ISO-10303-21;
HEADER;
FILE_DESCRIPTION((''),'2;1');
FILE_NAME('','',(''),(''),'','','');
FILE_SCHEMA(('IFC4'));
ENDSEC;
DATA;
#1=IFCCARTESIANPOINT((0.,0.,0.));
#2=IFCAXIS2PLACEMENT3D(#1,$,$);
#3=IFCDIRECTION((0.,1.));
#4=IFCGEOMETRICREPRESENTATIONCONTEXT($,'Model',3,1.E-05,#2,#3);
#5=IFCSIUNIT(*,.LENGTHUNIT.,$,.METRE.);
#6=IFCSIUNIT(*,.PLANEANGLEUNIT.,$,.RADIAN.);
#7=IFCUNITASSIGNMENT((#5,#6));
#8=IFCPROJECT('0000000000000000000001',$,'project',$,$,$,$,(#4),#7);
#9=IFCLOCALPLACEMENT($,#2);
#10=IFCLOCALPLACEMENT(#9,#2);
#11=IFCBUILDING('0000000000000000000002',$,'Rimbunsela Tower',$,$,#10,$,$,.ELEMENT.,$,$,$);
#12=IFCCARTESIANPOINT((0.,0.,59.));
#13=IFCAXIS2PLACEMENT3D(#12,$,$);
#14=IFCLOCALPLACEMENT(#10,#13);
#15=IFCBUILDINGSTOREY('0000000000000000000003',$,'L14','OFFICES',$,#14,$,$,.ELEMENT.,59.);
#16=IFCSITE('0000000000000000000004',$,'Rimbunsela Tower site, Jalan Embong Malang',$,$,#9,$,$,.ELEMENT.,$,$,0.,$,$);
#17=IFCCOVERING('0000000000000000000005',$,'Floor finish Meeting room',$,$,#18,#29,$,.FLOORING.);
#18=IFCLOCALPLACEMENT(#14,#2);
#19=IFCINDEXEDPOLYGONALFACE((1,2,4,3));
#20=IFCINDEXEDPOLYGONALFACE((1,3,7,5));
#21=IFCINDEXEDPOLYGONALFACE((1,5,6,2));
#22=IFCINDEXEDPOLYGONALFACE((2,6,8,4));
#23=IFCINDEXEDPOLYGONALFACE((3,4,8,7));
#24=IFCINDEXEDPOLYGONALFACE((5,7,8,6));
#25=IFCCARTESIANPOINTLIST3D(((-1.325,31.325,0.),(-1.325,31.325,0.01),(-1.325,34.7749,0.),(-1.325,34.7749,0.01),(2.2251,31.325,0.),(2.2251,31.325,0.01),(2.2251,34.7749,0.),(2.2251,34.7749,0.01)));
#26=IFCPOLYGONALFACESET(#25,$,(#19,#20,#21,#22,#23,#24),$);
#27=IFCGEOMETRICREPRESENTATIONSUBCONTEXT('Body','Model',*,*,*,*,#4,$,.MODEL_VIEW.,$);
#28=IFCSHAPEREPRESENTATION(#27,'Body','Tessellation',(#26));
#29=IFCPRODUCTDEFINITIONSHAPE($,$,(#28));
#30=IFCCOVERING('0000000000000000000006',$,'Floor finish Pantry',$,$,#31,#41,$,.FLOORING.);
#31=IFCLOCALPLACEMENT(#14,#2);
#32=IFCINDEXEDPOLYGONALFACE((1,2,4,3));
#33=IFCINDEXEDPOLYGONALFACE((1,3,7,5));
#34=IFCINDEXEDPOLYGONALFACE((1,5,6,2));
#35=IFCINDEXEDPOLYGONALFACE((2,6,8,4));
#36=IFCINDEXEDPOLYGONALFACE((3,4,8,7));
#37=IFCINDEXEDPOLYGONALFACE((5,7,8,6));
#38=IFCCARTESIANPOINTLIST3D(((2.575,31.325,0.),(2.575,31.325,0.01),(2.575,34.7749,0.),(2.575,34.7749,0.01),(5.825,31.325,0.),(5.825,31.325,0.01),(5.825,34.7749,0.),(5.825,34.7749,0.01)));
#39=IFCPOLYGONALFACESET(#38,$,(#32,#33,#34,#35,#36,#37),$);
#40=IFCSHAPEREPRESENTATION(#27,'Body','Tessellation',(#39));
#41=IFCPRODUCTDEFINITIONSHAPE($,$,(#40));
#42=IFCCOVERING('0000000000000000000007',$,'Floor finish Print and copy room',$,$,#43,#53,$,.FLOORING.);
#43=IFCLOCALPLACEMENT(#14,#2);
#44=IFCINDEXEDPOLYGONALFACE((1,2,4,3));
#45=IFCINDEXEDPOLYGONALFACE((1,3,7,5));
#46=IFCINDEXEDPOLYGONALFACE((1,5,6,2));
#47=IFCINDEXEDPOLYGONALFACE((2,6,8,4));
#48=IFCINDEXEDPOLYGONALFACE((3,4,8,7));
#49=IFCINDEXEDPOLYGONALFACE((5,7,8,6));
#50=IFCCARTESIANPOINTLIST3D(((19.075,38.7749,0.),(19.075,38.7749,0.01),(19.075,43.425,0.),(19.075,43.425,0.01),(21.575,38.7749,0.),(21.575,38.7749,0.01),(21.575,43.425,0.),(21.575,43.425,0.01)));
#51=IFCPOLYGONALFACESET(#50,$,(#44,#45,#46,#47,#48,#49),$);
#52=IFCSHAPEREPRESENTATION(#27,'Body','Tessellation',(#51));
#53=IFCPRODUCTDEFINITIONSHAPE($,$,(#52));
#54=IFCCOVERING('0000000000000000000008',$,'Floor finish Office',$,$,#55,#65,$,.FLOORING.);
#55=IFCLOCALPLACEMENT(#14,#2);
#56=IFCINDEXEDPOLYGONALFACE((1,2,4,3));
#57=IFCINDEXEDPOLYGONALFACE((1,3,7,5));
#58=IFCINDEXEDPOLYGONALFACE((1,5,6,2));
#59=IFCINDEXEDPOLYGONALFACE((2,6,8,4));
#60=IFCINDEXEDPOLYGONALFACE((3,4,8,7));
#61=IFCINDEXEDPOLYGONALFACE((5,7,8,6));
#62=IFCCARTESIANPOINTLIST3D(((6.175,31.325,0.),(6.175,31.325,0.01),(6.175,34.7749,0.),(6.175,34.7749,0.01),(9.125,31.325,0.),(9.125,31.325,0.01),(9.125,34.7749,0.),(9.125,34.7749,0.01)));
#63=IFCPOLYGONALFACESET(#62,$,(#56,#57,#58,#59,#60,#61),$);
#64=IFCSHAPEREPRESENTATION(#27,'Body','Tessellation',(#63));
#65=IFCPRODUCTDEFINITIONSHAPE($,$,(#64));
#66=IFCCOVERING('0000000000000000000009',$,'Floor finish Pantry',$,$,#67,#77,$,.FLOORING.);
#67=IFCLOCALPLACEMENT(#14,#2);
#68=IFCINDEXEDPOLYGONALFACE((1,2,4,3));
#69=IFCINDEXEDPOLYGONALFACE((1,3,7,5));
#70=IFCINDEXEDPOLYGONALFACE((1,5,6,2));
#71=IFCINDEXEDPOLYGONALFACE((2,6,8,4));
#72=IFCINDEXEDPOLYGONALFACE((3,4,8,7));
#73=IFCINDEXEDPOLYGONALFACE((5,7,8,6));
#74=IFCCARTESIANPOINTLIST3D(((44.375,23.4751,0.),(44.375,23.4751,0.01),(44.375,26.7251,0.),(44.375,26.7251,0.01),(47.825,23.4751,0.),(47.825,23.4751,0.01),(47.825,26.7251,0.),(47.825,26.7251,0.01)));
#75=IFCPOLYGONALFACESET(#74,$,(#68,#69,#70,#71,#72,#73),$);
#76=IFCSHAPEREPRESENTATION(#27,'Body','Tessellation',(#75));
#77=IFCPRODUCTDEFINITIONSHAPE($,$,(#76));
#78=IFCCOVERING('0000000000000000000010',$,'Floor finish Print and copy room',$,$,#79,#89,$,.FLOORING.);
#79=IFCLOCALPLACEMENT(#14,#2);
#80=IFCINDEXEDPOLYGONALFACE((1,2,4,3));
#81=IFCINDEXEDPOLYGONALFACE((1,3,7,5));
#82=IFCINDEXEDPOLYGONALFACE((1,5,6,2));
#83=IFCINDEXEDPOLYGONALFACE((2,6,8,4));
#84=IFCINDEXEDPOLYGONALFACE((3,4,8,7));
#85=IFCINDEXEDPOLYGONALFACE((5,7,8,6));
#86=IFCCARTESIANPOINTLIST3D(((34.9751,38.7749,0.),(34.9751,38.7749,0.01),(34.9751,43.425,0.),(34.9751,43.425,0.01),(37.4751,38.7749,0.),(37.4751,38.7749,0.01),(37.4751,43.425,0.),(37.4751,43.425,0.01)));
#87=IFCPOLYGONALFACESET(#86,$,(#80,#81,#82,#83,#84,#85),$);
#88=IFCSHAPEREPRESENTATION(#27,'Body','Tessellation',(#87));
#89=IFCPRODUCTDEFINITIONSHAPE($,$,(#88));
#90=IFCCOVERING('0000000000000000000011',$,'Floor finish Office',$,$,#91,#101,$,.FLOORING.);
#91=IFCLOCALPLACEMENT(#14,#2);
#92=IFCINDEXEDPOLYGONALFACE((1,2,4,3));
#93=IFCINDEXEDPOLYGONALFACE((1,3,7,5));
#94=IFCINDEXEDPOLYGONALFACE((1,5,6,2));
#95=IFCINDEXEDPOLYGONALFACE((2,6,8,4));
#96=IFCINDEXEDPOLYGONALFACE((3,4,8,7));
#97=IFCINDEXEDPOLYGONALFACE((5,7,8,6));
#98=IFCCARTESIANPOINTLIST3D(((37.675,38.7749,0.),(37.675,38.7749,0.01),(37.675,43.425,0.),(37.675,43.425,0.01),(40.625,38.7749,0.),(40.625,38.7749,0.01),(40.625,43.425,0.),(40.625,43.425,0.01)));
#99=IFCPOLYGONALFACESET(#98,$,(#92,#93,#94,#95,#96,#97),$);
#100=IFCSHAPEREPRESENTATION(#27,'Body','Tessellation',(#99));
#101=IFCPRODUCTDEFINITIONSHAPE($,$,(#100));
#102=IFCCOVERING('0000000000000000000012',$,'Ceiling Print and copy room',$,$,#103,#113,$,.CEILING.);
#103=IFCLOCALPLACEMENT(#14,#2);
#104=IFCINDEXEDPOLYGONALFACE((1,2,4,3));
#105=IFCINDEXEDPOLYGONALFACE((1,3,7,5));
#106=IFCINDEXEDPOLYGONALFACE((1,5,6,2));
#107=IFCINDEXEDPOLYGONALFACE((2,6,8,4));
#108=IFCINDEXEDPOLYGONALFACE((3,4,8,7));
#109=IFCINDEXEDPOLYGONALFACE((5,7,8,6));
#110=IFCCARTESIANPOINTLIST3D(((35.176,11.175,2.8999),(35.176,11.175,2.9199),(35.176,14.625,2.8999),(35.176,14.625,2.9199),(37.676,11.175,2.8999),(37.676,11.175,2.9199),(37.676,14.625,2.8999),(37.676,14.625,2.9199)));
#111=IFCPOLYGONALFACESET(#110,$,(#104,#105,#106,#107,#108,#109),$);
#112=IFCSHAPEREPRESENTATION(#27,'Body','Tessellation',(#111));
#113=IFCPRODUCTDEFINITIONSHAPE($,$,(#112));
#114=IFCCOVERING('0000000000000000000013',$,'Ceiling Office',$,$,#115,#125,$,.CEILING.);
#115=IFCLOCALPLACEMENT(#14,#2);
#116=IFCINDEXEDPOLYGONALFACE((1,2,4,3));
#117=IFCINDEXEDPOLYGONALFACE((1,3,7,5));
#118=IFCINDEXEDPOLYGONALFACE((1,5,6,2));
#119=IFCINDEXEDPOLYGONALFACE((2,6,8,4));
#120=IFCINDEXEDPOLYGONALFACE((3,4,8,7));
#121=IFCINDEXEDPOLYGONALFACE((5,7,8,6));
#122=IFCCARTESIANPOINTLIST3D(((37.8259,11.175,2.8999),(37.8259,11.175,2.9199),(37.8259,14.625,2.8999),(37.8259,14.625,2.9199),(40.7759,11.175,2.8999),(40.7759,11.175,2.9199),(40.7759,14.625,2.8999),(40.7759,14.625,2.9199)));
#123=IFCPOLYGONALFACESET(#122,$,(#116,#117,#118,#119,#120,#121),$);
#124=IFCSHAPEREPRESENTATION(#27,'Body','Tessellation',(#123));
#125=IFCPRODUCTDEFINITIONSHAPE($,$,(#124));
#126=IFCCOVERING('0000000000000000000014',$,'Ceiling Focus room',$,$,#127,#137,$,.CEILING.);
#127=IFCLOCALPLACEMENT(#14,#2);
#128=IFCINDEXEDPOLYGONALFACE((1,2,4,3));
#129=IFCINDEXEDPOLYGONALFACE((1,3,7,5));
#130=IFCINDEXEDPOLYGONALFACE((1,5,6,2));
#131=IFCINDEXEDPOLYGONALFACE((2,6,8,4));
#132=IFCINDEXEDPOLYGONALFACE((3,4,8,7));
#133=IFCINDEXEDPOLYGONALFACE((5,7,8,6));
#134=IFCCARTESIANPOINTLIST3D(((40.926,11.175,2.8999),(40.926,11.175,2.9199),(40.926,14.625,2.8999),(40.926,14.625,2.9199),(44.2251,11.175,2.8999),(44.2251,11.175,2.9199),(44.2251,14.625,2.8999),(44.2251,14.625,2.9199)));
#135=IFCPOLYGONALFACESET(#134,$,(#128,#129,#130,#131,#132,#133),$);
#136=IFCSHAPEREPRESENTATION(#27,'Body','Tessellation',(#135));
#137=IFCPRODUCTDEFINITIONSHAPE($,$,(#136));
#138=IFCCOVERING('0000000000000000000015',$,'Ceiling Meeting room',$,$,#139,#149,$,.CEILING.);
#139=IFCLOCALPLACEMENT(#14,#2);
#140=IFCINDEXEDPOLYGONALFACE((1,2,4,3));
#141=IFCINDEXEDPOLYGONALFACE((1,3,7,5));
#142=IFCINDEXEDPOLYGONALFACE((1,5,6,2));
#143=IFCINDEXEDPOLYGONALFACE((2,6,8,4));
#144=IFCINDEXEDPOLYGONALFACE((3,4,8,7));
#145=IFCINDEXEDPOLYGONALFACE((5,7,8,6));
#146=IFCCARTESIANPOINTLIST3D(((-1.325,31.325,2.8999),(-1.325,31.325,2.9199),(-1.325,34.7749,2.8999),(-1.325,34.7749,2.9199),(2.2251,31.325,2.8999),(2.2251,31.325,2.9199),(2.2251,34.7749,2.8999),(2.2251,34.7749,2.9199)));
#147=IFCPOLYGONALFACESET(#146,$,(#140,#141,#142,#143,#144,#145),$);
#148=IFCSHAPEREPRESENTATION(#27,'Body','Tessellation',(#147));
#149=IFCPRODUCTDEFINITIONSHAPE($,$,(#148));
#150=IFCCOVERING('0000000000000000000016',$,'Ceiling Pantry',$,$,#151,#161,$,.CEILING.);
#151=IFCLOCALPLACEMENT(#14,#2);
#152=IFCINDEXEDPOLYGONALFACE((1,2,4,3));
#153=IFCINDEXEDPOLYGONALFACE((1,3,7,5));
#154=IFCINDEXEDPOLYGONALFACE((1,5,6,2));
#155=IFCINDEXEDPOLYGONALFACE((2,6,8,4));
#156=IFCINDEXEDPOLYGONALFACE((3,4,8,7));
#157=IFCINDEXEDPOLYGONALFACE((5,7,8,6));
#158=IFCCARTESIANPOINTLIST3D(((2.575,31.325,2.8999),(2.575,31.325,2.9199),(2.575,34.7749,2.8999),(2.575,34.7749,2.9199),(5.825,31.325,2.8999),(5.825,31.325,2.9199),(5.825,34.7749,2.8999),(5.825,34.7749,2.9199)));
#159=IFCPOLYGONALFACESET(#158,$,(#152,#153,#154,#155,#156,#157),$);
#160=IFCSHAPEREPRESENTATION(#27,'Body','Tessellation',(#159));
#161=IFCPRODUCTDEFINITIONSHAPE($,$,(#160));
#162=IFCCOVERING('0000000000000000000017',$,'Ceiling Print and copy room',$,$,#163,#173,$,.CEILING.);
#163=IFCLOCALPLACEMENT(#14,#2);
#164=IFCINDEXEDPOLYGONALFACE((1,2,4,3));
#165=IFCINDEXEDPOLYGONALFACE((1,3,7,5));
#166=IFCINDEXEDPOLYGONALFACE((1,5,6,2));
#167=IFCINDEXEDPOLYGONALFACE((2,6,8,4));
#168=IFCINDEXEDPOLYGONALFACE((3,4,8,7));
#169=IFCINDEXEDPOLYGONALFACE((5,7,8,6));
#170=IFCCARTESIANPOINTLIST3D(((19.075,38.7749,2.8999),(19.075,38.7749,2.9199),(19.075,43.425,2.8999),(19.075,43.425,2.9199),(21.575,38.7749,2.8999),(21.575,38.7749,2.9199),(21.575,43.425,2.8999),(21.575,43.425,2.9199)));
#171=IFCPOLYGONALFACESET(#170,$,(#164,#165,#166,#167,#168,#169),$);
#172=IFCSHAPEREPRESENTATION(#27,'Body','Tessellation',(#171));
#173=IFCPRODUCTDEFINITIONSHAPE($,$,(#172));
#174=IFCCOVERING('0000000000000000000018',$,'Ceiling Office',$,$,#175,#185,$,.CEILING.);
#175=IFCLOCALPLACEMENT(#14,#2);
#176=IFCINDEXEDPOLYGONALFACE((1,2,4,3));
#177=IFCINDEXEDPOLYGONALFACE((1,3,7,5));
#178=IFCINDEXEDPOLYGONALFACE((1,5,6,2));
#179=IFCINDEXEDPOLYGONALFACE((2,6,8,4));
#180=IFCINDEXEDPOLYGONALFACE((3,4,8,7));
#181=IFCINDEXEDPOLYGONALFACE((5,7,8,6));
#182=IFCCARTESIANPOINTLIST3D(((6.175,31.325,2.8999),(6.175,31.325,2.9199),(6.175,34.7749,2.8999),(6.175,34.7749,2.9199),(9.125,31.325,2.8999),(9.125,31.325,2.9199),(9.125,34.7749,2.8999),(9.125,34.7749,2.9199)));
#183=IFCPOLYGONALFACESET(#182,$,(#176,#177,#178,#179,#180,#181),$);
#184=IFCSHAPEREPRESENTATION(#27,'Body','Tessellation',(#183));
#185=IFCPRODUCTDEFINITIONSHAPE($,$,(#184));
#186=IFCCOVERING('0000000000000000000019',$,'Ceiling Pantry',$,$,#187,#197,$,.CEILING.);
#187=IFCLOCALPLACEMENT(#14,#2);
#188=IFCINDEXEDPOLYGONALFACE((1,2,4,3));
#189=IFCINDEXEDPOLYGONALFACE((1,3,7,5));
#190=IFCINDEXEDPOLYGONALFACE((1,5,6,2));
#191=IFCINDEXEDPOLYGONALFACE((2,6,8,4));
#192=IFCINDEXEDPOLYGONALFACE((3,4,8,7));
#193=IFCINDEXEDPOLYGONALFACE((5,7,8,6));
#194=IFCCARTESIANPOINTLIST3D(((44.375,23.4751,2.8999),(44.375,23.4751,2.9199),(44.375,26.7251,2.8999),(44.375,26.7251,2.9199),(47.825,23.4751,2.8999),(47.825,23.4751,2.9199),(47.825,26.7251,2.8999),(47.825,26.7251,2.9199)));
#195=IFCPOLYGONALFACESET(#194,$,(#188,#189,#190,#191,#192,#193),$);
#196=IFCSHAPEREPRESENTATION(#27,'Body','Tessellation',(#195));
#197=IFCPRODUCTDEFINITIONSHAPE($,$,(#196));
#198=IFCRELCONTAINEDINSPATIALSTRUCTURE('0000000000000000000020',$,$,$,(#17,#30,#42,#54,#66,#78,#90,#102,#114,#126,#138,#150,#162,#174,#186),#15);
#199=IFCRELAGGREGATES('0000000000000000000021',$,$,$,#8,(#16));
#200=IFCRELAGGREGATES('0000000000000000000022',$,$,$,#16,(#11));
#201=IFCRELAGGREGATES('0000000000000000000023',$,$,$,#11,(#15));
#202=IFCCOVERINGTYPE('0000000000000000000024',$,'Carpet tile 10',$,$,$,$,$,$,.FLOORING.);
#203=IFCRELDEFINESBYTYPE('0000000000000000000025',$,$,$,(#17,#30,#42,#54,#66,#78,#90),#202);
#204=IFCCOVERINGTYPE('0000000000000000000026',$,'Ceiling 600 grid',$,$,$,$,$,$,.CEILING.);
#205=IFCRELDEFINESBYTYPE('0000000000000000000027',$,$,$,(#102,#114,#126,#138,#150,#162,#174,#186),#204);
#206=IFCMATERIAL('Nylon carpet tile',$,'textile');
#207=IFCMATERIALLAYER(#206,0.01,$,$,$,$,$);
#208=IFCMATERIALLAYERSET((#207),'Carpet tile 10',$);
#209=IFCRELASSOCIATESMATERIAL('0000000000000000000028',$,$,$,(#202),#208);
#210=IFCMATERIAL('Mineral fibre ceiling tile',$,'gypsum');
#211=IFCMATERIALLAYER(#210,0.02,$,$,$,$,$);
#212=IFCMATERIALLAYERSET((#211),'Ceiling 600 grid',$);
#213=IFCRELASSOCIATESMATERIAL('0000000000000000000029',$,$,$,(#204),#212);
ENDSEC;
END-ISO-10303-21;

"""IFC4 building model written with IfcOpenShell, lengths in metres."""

from ifc_helpers import new_model, si_unit, direction, frame, origin, place, context, subcontext, project, spatial, polyline, outline, extrude, material, layer, layer_set, type_object, element, save


model = new_model("IFC4")

# Units and contexts
model_context = context("Model", 3, precision=1e-05, world=origin(), true_north=direction((0.0, 1.0)))
body_context = subcontext(model_context, "Body", "Model", "MODEL_VIEW")
ifc_project = project(units=[si_unit("LENGTHUNIT", "METRE"), si_unit("PLANEANGLEUNIT", "RADIAN")], contexts=[model_context])

# Site, building, storey
site_placement = place(None, origin())
site = spatial("IfcSite", under=ifc_project, at=site_placement, Name="Rimbunsela Tower site, Jalan Embong Malang", CompositionType="ELEMENT", RefElevation=0.0)
building_placement = place(site_placement, origin())
building = spatial("IfcBuilding", under=site, at=building_placement, Name="Rimbunsela Tower", CompositionType="ELEMENT")
storey_placement = place(building_placement, frame((0.0, 0.0, 59.0)))
storey = spatial("IfcBuildingStorey", under=building, at=storey_placement, Name="L14", Description="OFFICES", CompositionType="ELEMENT", Elevation=59.0)

# Coverings
ifc_material_1 = material(Name="Nylon carpet tile", Category="textile")
ifc_layer_1 = layer(ifc_material_1, 0.01)
ifc_layer_set_1 = layer_set([ifc_layer_1], Name="Carpet tile 10")
covering_type_1 = type_object("IfcCoveringType", Name="Carpet tile 10", PredefinedType="FLOORING", material=ifc_layer_set_1)
covering_1_placement = place(storey_placement, origin())
element("IfcCovering", 1, at=covering_1_placement, inside=storey, type_object=covering_type_1, Name="Floor finish Meeting room", PredefinedType="FLOORING", context=body_context, shape_type="SweptSolid", body=[
    extrude(outline(polyline([(2.2251, 31.325), (2.2251, 34.7749), (-1.325, 34.7749), (-1.325, 31.325), (2.2251, 31.325)])), origin(), (0.0, 0.0, 1.0), 0.01),
])
covering_2_placement = place(storey_placement, origin())
element("IfcCovering", 2, at=covering_2_placement, inside=storey, type_object=covering_type_1, Name="Floor finish Pantry", PredefinedType="FLOORING", context=body_context, shape_type="SweptSolid", body=[
    extrude(outline(polyline([(5.825, 31.325), (5.825, 34.7749), (2.575, 34.7749), (2.575, 31.325), (5.825, 31.325)])), origin(), (0.0, 0.0, 1.0), 0.01),
])
covering_3_placement = place(storey_placement, origin())
element("IfcCovering", 3, at=covering_3_placement, inside=storey, type_object=covering_type_1, Name="Floor finish Print and copy room", PredefinedType="FLOORING", context=body_context, shape_type="SweptSolid", body=[
    extrude(outline(polyline([(21.575, 38.7749), (21.575, 43.425), (19.075, 43.425), (19.075, 38.7749), (21.575, 38.7749)])), origin(), (0.0, 0.0, 1.0), 0.01),
])
covering_4_placement = place(storey_placement, origin())
element("IfcCovering", 4, at=covering_4_placement, inside=storey, type_object=covering_type_1, Name="Floor finish Office", PredefinedType="FLOORING", context=body_context, shape_type="SweptSolid", body=[
    extrude(outline(polyline([(9.125, 31.325), (9.125, 34.7749), (6.175, 34.7749), (6.175, 31.325), (9.125, 31.325)])), origin(), (0.0, 0.0, 1.0), 0.01),
])
covering_5_placement = place(storey_placement, origin())
element("IfcCovering", 5, at=covering_5_placement, inside=storey, type_object=covering_type_1, Name="Floor finish Pantry", PredefinedType="FLOORING", context=body_context, shape_type="SweptSolid", body=[
    extrude(outline(polyline([(47.825, 23.4751), (47.825, 26.7251), (44.375, 26.7251), (44.375, 23.4751), (47.825, 23.4751)])), origin(), (0.0, 0.0, 1.0), 0.01),
])
covering_6_placement = place(storey_placement, origin())
element("IfcCovering", 6, at=covering_6_placement, inside=storey, type_object=covering_type_1, Name="Floor finish Print and copy room", PredefinedType="FLOORING", context=body_context, shape_type="SweptSolid", body=[
    extrude(outline(polyline([(37.4751, 38.7749), (37.4751, 43.425), (34.9751, 43.425), (34.9751, 38.7749), (37.4751, 38.7749)])), origin(), (0.0, 0.0, 1.0), 0.01),
])
covering_7_placement = place(storey_placement, origin())
element("IfcCovering", 7, at=covering_7_placement, inside=storey, type_object=covering_type_1, Name="Floor finish Office", PredefinedType="FLOORING", context=body_context, shape_type="SweptSolid", body=[
    extrude(outline(polyline([(40.625, 38.7749), (40.625, 43.425), (37.675, 43.425), (37.675, 38.7749), (40.625, 38.7749)])), origin(), (0.0, 0.0, 1.0), 0.01),
])
ifc_material_2 = material(Name="Mineral fibre ceiling tile", Category="gypsum")
ifc_layer_2 = layer(ifc_material_2, 0.02)
ifc_layer_set_2 = layer_set([ifc_layer_2], Name="Ceiling 600 grid")
covering_type_2 = type_object("IfcCoveringType", Name="Ceiling 600 grid", PredefinedType="CEILING", material=ifc_layer_set_2)
covering_8_placement = place(storey_placement, frame((0.0, 0.0, 2.8999)))
element("IfcCovering", 8, at=covering_8_placement, inside=storey, type_object=covering_type_2, Name="Ceiling Print and copy room", PredefinedType="CEILING", context=body_context, shape_type="SweptSolid", body=[
    extrude(outline(polyline([(37.676, 11.175), (37.676, 14.625), (35.176, 14.625), (35.176, 11.175), (37.676, 11.175)])), origin(), (0.0, 0.0, 1.0), 0.02),
])
covering_9_placement = place(storey_placement, frame((0.0, 0.0, 2.8999)))
element("IfcCovering", 9, at=covering_9_placement, inside=storey, type_object=covering_type_2, Name="Ceiling Office", PredefinedType="CEILING", context=body_context, shape_type="SweptSolid", body=[
    extrude(outline(polyline([(40.7759, 11.175), (40.7759, 14.625), (37.8259, 14.625), (37.8259, 11.175), (40.7759, 11.175)])), origin(), (0.0, 0.0, 1.0), 0.02),
])
covering_10_placement = place(storey_placement, frame((0.0, 0.0, 2.8999)))
element("IfcCovering", 10, at=covering_10_placement, inside=storey, type_object=covering_type_2, Name="Ceiling Focus room", PredefinedType="CEILING", context=body_context, shape_type="SweptSolid", body=[
    extrude(outline(polyline([(44.2251, 11.175), (44.2251, 14.625), (40.926, 14.625), (40.926, 11.175), (44.2251, 11.175)])), origin(), (0.0, 0.0, 1.0), 0.02),
])
covering_11_placement = place(storey_placement, frame((0.0, 0.0, 2.8999)))
element("IfcCovering", 11, at=covering_11_placement, inside=storey, type_object=covering_type_2, Name="Ceiling Meeting room", PredefinedType="CEILING", context=body_context, shape_type="SweptSolid", body=[
    extrude(outline(polyline([(2.2251, 31.325), (2.2251, 34.7749), (-1.325, 34.7749), (-1.325, 31.325), (2.2251, 31.325)])), origin(), (0.0, 0.0, 1.0), 0.02),
])
covering_12_placement = place(storey_placement, frame((0.0, 0.0, 2.8999)))
element("IfcCovering", 12, at=covering_12_placement, inside=storey, type_object=covering_type_2, Name="Ceiling Pantry", PredefinedType="CEILING", context=body_context, shape_type="SweptSolid", body=[
    extrude(outline(polyline([(5.825, 31.325), (5.825, 34.7749), (2.575, 34.7749), (2.575, 31.325), (5.825, 31.325)])), origin(), (0.0, 0.0, 1.0), 0.02),
])
covering_13_placement = place(storey_placement, frame((0.0, 0.0, 2.8999)))
element("IfcCovering", 13, at=covering_13_placement, inside=storey, type_object=covering_type_2, Name="Ceiling Print and copy room", PredefinedType="CEILING", context=body_context, shape_type="SweptSolid", body=[
    extrude(outline(polyline([(21.575, 38.7749), (21.575, 43.425), (19.075, 43.425), (19.075, 38.7749), (21.575, 38.7749)])), origin(), (0.0, 0.0, 1.0), 0.02),
])
covering_14_placement = place(storey_placement, frame((0.0, 0.0, 2.8999)))
element("IfcCovering", 14, at=covering_14_placement, inside=storey, type_object=covering_type_2, Name="Ceiling Office", PredefinedType="CEILING", context=body_context, shape_type="SweptSolid", body=[
    extrude(outline(polyline([(9.125, 31.325), (9.125, 34.7749), (6.175, 34.7749), (6.175, 31.325), (9.125, 31.325)])), origin(), (0.0, 0.0, 1.0), 0.02),
])
covering_15_placement = place(storey_placement, frame((0.0, 0.0, 2.8999)))
element("IfcCovering", 15, at=covering_15_placement, inside=storey, type_object=covering_type_2, Name="Ceiling Pantry", PredefinedType="CEILING", context=body_context, shape_type="SweptSolid", body=[
    extrude(outline(polyline([(47.825, 23.4751), (47.825, 26.7251), (44.375, 26.7251), (44.375, 23.4751), (47.825, 23.4751)])), origin(), (0.0, 0.0, 1.0), 0.02),
])

save(model, "model.ifc")
